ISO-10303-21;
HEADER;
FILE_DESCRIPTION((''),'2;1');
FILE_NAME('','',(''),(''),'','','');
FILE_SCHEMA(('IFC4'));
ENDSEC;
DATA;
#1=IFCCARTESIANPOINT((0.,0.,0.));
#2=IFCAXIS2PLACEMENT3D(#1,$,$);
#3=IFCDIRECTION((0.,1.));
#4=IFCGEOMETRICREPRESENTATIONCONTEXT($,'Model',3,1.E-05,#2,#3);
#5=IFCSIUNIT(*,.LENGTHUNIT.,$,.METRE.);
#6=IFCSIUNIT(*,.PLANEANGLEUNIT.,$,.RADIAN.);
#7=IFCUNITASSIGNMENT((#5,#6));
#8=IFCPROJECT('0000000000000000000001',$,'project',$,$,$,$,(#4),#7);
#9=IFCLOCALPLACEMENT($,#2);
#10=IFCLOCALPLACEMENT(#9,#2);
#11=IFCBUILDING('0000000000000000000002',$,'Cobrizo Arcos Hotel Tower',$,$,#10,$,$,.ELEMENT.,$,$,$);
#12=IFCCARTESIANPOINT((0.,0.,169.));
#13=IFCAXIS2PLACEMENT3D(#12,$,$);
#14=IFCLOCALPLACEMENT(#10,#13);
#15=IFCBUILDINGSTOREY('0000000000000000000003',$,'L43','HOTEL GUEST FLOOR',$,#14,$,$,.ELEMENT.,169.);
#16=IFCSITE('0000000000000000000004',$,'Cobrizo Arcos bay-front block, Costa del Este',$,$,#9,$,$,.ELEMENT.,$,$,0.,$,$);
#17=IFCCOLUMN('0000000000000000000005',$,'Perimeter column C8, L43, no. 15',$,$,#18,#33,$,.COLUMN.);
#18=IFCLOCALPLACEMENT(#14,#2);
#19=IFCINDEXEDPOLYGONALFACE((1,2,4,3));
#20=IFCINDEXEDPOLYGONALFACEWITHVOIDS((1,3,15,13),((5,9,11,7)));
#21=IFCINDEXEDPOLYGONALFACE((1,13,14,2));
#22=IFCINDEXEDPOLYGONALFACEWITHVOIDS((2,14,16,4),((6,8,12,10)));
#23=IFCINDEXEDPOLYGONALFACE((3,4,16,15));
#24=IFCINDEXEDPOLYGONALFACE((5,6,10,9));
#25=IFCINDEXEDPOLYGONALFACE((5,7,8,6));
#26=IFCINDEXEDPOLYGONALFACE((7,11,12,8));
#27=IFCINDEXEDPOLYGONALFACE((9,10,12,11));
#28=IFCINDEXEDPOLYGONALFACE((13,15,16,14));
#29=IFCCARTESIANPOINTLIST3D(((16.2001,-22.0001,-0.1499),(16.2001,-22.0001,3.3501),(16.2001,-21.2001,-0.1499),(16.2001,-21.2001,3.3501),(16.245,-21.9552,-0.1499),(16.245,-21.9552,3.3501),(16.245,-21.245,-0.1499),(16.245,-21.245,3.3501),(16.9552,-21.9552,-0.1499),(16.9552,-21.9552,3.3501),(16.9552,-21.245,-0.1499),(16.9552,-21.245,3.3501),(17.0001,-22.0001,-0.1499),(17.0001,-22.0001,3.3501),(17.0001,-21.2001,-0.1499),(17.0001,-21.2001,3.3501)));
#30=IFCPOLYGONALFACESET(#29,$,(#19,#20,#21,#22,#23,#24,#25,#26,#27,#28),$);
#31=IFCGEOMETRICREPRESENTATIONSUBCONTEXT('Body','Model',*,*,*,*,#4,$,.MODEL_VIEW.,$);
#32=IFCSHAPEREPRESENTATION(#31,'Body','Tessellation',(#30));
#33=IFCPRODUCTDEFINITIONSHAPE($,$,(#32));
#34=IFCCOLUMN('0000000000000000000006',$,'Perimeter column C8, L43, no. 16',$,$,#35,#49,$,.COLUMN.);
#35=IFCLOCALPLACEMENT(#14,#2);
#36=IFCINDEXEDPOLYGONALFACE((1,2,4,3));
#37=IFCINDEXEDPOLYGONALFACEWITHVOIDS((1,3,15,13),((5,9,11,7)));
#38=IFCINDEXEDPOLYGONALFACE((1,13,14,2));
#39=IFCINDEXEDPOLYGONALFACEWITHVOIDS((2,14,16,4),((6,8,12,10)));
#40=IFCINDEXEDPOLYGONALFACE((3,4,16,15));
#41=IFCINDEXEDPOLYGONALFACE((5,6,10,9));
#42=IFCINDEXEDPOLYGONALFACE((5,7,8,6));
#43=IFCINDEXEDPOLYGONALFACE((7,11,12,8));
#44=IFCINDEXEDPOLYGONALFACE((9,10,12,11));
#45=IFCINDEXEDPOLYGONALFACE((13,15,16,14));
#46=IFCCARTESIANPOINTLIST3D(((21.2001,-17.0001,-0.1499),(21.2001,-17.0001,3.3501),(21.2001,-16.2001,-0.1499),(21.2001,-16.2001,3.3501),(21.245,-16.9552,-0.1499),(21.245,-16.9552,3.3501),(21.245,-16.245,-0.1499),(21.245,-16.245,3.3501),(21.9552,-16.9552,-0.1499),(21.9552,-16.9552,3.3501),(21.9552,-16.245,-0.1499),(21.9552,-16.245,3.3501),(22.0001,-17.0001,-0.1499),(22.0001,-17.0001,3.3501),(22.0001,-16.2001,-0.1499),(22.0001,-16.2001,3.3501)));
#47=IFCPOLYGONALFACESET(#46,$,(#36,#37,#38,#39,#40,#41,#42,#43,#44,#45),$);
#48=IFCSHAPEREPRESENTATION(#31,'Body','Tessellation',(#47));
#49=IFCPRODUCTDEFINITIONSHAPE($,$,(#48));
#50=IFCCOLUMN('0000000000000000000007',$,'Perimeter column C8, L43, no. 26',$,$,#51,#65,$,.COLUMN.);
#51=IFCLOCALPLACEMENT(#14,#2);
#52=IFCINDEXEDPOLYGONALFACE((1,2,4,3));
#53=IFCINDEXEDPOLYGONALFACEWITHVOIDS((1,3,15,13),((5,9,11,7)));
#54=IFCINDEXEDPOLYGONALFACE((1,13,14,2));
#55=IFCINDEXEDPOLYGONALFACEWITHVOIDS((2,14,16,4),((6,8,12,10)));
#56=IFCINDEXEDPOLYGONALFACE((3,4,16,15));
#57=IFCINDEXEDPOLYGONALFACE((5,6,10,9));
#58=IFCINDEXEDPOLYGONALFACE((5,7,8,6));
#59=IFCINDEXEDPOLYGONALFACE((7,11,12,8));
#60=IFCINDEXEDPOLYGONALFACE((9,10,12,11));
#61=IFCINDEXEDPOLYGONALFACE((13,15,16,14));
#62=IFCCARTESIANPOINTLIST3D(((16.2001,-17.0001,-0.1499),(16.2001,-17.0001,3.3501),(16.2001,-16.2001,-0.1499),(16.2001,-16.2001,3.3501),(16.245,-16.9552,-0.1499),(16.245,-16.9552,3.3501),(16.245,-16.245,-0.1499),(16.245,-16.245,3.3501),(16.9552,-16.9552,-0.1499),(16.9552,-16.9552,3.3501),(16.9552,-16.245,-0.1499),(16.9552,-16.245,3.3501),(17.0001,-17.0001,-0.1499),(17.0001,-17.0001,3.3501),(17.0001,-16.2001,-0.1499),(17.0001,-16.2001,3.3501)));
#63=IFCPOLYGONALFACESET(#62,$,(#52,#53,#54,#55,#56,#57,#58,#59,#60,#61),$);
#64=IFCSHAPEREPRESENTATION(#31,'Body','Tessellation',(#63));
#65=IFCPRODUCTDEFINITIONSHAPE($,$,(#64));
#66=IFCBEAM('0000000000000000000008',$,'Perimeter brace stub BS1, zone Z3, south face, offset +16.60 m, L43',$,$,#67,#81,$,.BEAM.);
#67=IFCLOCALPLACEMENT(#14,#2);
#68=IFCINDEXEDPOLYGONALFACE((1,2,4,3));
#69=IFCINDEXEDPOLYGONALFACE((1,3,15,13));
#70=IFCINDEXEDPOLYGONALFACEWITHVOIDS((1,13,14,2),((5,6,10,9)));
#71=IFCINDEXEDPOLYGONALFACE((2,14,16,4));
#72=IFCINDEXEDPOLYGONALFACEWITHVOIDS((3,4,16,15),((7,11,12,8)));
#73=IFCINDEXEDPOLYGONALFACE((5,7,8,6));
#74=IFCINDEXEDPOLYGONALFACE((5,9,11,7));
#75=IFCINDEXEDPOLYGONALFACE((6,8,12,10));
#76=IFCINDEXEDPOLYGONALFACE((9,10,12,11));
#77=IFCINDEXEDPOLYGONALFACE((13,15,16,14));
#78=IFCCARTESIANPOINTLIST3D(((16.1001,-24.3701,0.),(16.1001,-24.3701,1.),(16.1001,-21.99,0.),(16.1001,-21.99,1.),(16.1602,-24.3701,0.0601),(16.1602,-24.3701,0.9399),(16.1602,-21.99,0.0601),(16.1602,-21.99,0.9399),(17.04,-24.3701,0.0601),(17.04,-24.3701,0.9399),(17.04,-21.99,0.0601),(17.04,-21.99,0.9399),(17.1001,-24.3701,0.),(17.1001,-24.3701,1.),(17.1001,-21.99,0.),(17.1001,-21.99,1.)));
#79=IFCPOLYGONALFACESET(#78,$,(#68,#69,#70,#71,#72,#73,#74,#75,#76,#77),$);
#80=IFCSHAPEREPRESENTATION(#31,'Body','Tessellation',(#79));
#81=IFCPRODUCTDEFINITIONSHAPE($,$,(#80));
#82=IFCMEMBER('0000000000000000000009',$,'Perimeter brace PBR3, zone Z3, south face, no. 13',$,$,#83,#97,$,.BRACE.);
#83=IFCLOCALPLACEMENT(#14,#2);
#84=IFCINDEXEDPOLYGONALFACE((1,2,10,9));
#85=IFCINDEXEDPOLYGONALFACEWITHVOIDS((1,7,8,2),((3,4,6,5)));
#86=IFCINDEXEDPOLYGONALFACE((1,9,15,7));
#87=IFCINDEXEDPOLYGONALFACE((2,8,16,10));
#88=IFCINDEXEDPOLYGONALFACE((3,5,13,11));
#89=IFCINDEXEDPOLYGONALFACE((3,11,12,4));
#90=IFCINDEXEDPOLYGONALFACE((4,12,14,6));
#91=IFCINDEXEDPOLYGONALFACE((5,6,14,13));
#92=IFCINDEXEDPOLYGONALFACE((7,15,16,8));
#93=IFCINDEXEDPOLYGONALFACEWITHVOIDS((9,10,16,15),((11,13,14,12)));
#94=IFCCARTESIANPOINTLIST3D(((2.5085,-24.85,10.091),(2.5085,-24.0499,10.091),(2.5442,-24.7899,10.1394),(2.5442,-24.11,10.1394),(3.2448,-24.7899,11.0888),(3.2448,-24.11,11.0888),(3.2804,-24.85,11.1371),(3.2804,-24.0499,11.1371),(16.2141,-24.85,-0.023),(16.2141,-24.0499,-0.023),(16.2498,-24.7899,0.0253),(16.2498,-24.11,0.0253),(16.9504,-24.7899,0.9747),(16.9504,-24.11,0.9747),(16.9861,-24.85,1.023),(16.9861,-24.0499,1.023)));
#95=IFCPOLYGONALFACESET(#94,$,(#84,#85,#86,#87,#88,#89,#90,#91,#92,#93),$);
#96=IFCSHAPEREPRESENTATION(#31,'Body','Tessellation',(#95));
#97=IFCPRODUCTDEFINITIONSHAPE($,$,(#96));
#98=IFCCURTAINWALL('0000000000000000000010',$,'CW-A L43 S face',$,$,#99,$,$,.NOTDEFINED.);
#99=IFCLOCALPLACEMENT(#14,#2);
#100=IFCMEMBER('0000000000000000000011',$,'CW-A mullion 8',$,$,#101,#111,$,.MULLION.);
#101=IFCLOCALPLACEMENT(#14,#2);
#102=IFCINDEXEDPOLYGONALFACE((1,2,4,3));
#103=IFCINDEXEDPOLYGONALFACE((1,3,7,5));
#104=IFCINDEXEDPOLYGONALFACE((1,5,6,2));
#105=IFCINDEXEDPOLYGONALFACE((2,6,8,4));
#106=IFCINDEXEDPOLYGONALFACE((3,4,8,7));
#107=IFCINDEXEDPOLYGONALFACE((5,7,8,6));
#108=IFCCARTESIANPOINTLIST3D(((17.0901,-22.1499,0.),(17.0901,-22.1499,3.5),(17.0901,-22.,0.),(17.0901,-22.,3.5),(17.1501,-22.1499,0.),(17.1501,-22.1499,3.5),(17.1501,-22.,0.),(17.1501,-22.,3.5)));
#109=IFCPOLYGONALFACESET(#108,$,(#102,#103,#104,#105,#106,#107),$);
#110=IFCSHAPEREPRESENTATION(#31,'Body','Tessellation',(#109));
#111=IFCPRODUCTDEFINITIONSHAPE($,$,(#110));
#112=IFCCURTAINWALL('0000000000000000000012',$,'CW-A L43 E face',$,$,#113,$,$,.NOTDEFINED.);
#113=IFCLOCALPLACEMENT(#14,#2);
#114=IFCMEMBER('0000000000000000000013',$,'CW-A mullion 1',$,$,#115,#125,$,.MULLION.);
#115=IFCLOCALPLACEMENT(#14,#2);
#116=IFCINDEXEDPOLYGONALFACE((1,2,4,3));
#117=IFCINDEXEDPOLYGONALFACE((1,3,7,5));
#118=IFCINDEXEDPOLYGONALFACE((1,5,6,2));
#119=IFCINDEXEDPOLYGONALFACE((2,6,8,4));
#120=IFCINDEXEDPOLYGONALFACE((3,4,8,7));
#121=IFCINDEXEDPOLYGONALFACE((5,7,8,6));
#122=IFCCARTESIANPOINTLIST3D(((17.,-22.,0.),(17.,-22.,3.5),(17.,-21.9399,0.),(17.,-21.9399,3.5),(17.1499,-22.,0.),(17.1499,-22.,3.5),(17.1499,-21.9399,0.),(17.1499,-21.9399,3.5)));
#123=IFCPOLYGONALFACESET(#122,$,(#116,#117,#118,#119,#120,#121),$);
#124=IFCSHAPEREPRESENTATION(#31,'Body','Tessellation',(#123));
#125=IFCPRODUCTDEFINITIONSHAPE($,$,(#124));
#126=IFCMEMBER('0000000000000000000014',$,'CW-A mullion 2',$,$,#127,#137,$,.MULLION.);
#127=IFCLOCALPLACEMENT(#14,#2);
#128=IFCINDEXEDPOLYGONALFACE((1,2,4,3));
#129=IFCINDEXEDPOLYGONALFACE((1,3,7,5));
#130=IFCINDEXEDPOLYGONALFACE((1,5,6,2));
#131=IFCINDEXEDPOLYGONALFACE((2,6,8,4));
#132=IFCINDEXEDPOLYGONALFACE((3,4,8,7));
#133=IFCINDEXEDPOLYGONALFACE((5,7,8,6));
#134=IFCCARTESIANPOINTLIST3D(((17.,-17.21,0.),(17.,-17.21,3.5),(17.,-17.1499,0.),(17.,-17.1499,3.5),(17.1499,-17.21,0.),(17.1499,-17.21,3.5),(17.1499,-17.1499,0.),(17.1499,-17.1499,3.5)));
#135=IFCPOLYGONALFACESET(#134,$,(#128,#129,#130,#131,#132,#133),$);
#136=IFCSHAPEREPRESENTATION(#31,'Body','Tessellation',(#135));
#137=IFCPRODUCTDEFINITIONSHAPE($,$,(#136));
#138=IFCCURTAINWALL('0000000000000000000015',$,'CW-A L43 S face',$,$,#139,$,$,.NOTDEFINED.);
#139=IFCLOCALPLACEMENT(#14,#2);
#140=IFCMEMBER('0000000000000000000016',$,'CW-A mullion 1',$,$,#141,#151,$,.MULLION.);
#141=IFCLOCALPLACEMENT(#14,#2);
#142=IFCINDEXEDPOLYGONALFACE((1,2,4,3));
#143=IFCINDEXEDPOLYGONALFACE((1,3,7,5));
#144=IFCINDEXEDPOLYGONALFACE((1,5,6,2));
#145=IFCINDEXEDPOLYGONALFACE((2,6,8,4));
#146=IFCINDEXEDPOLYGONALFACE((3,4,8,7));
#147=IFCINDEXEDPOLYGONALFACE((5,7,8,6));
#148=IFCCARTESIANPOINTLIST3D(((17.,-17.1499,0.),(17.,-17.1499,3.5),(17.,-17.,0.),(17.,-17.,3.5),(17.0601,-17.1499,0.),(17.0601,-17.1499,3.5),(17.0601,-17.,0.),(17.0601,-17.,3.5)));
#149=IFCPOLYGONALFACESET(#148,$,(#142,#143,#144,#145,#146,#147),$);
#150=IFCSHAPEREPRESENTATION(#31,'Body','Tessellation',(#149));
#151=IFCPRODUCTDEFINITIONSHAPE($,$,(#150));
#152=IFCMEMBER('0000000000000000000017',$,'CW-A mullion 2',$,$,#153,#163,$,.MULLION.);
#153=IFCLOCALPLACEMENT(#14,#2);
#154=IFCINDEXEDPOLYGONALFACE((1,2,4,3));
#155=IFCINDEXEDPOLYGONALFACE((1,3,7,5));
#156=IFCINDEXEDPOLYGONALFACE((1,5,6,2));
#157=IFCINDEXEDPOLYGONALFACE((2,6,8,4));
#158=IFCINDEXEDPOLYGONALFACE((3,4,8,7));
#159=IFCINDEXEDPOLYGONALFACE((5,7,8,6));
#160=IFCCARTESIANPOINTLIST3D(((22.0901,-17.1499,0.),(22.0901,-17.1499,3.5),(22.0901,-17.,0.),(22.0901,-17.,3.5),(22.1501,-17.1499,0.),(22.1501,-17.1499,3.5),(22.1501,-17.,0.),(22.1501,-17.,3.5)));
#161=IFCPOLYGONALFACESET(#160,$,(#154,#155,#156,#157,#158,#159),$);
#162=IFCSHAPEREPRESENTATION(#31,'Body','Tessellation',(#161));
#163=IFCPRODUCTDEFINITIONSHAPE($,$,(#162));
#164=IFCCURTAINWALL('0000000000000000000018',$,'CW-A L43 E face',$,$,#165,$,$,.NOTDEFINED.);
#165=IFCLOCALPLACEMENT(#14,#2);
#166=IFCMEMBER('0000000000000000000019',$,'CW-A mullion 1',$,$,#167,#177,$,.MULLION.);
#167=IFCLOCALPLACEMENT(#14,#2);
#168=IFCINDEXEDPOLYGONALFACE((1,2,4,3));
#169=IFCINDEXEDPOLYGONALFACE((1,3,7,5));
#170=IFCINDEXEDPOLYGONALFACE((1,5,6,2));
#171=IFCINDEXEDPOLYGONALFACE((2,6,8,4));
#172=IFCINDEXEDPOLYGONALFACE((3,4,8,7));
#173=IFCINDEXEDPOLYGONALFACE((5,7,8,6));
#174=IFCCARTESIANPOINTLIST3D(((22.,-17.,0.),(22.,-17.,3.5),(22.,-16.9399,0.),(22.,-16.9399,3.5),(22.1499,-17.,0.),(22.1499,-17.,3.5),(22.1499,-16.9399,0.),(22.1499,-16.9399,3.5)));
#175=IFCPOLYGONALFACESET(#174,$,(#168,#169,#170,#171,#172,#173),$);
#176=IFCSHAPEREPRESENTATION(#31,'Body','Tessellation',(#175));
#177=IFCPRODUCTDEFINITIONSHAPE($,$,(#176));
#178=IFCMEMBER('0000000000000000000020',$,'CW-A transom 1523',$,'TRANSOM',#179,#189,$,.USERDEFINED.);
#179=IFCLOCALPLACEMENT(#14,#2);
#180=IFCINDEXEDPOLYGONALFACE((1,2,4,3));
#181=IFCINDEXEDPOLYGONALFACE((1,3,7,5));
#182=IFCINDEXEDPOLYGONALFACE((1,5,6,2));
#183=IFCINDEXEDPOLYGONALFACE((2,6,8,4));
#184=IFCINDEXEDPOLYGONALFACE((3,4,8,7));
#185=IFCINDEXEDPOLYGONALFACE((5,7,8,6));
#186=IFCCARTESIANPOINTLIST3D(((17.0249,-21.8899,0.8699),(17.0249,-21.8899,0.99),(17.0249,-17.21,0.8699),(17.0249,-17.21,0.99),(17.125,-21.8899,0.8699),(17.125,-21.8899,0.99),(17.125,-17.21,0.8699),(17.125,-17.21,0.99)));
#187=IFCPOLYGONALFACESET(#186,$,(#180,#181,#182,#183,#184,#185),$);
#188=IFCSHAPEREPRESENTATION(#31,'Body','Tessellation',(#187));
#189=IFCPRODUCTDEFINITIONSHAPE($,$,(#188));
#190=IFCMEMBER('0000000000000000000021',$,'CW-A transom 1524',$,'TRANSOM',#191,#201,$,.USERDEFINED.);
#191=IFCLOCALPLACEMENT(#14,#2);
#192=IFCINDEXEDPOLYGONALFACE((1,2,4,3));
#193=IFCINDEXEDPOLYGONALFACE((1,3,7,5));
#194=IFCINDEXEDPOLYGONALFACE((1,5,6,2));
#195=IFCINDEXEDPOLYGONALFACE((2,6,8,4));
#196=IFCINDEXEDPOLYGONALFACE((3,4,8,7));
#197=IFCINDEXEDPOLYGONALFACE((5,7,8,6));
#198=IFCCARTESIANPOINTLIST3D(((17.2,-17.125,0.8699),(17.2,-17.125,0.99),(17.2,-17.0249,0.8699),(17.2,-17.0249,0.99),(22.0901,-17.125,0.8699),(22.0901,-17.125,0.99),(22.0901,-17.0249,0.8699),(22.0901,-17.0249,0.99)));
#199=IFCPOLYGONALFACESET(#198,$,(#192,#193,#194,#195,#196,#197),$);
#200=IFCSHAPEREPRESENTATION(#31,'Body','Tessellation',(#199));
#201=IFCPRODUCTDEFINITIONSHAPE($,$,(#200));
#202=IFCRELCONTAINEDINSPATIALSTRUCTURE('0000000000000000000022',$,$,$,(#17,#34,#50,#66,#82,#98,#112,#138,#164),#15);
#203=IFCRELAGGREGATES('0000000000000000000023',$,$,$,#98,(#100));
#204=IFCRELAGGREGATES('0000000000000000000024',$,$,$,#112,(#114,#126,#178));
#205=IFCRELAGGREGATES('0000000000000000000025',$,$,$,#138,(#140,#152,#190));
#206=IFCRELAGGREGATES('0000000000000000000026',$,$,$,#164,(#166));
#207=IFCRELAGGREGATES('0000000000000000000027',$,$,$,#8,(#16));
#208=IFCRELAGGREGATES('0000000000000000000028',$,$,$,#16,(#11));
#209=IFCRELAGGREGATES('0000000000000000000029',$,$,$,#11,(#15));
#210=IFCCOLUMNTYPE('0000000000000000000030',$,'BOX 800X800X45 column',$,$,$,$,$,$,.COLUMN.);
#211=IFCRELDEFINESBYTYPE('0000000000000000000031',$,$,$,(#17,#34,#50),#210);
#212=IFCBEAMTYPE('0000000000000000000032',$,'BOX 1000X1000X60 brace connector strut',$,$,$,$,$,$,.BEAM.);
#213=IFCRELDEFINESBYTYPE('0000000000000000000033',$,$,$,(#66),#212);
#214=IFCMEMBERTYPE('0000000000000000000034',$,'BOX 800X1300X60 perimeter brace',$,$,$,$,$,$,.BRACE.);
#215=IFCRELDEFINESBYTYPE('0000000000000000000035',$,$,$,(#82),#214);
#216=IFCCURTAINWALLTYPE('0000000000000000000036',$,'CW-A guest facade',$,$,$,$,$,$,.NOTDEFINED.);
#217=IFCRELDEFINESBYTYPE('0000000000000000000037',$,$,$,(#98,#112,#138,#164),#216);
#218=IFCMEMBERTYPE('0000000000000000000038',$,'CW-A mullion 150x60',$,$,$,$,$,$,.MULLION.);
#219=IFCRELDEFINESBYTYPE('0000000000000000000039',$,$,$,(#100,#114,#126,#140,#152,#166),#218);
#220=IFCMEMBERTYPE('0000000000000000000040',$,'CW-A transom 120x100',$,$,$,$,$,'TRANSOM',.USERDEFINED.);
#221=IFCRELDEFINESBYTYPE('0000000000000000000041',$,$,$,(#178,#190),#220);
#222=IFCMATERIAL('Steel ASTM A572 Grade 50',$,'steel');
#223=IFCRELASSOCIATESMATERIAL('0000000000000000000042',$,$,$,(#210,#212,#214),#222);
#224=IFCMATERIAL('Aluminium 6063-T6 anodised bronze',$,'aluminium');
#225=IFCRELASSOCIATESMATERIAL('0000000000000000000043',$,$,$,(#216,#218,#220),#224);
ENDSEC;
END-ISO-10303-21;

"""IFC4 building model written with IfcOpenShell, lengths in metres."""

from ifc_helpers import new_model, si_unit, direction, frame, origin, origin_2d, place, context, subcontext, project, spatial, rectangle, hollow_rectangle, extrude, material, material_profile, profile_set, type_object, element, aggregate, save


model = new_model("IFC4")

# Units and contexts
model_context = context("Model", 3, precision=1e-05, world=origin(), true_north=direction((0.0, 1.0)))
body_context = subcontext(model_context, "Body", "Model", "MODEL_VIEW")
ifc_project = project(units=[si_unit("LENGTHUNIT", "METRE"), si_unit("PLANEANGLEUNIT", "RADIAN")], contexts=[model_context])

# Site, building, storey
site_placement = place(None, origin())
site = spatial("IfcSite", under=ifc_project, at=site_placement, Name="Cobrizo Arcos bay-front block, Costa del Este", CompositionType="ELEMENT", RefElevation=0.0)
building_placement = place(site_placement, origin())
building = spatial("IfcBuilding", under=site, at=building_placement, Name="Cobrizo Arcos Hotel Tower", CompositionType="ELEMENT")
storey_placement = place(building_placement, frame((0.0, 0.0, 169.0)))
storey = spatial("IfcBuildingStorey", under=building, at=storey_placement, Name="L43", Description="HOTEL GUEST FLOOR", CompositionType="ELEMENT", Elevation=169.0)

# Columns
ifc_material_1 = material(Name="Steel ASTM A572 Grade 50", Category="steel")
ifc_material_profile_1 = material_profile(ifc_material_1, hollow_rectangle(XDim=0.8, YDim=0.8, WallThickness=0.0449, at=origin_2d()), Name="BOX 800X800X45")
ifc_profile_set_1 = profile_set([ifc_material_profile_1], Name="Steel ASTM A572 Grade 50")
column_type = type_object("IfcColumnType", Name="BOX 800X800X45 column", PredefinedType="COLUMN", material=ifc_profile_set_1)
for number, where, z_axis, x_axis, name in (
    (1, (16.6001, -21.6001, -0.1499), (0.0, 0.0, 1.0), (1.0, 0.0, 0.0), "Perimeter column C8, L43, no. 15"),
    (2, (21.6001, -16.6001, -0.1499), (0.0, 0.0, 1.0), (1.0, 0.0, 0.0), "Perimeter column C8, L43, no. 16"),
    (3, (16.6001, -16.6001, -0.1499), (0.0, 0.0, 1.0), (1.0, 0.0, 0.0), "Perimeter column C8, L43, no. 26"),
):
    element("IfcColumn", number, at=place(storey_placement, frame(where, z_axis=z_axis, x_axis=x_axis)), inside=storey, type_object=column_type, Name=name, PredefinedType="COLUMN", context=body_context, shape_type="SweptSolid", body=[
        extrude(hollow_rectangle(XDim=0.8, YDim=0.8, WallThickness=0.0449, at=origin_2d()), origin(), (0.0, 0.0, 1.0), 3.5),
    ])

# Beam
ifc_material_profile_2 = material_profile(ifc_material_1, hollow_rectangle(XDim=1.0, YDim=1.0, WallThickness=0.0601, at=origin_2d()), Name="BOX 1000X1000X60")
ifc_profile_set_2 = profile_set([ifc_material_profile_2], Name="Steel ASTM A572 Grade 50")
beam_type_1 = type_object("IfcBeamType", Name="BOX 1000X1000X60 brace connector strut", PredefinedType="BEAM", material=ifc_profile_set_2)
beam_1_placement = place(storey_placement, frame((16.6001, -21.99, 0.5), z_axis=(0.0, -1.0, 0.0), x_axis=(1.0, 0.0, 0.0)))
element("IfcBeam", 4, at=beam_1_placement, inside=storey, type_object=beam_type_1, Name="Perimeter brace stub BS1, zone Z3, south face, offset +16.60 m, L43", PredefinedType="BEAM", context=body_context, shape_type="SweptSolid", body=[
    extrude(hollow_rectangle(XDim=1.0, YDim=1.0, WallThickness=0.0601, at=origin_2d()), origin(), (0.0, 0.0, 1.0), 2.3801),
])

# Member
ifc_material_profile_3 = material_profile(ifc_material_1, hollow_rectangle(XDim=0.8, YDim=1.3, WallThickness=0.0601, at=origin_2d()), Name="BOX 800X1300X60")
ifc_profile_set_3 = profile_set([ifc_material_profile_3], Name="Steel ASTM A572 Grade 50")
member_type_1 = type_object("IfcMemberType", Name="BOX 800X1300X60 perimeter brace", PredefinedType="BRACE", material=ifc_profile_set_3)
member_1_placement = place(storey_placement, frame((16.6001, -24.45, 0.5), z_axis=(-0.80463, 0.0, 0.593776), x_axis=(0.0, -1.0, 0.0)))
element("IfcMember", 5, at=member_1_placement, inside=storey, type_object=member_type_1, Name="Perimeter brace PBR3, zone Z3, south face, no. 13", PredefinedType="BRACE", context=body_context, shape_type="SweptSolid", body=[
    extrude(hollow_rectangle(XDim=0.8, YDim=1.3, WallThickness=0.0601, at=origin_2d()), origin(), (0.0, 0.0, 1.0), 17.0334),
])

# Curtain wall, member
ifc_material_2 = material(Name="Aluminium 6063-T6 anodised bronze", Category="aluminium")
curtain_wall_type = type_object("IfcCurtainWallType", Name="CW-A guest facade", PredefinedType="NOTDEFINED", material=ifc_material_2)
curtain_wall_1_placement = place(storey_placement, origin())
curtain_wall_1 = element("IfcCurtainWall", 6, at=curtain_wall_1_placement, inside=storey, type_object=curtain_wall_type, Name="CW-A L43 S face", PredefinedType="NOTDEFINED")
ifc_material_profile_4 = material_profile(ifc_material_2, rectangle(XDim=0.1499, YDim=0.0601, at=origin_2d()), Name="CW-A mullion 150x60")
ifc_profile_set_4 = profile_set([ifc_material_profile_4], Name="Aluminium 6063-T6 anodised bronze")
member_type_2 = type_object("IfcMemberType", Name="CW-A mullion 150x60", PredefinedType="MULLION", material=ifc_profile_set_4)
member_2_placement = place(storey_placement, frame((17.1201, -22.075, 0.0), z_axis=(0.0, 0.0, 1.0), x_axis=(0.0, -1.0, 0.0)))
member_2 = element("IfcMember", 7, at=member_2_placement, type_object=member_type_2, Name="CW-A mullion 8", PredefinedType="MULLION", context=body_context, shape_type="SweptSolid", body=[
    extrude(rectangle(XDim=0.1499, YDim=0.0601, at=origin_2d()), origin(), (0.0, 0.0, 1.0), 3.5),
])

# Curtain walls, members
curtain_wall_2_placement = place(storey_placement, origin())
curtain_wall_2 = element("IfcCurtainWall", 8, at=curtain_wall_2_placement, inside=storey, type_object=curtain_wall_type, Name="CW-A L43 E face", PredefinedType="NOTDEFINED")
member_3_placement = place(storey_placement, frame((17.075, -21.97, 0.0), z_axis=(0.0, 0.0, 1.0), x_axis=(1.0, 0.0, 0.0)))
member_3 = element("IfcMember", 9, at=member_3_placement, type_object=member_type_2, Name="CW-A mullion 1", PredefinedType="MULLION", context=body_context, shape_type="SweptSolid", body=[
    extrude(rectangle(XDim=0.1499, YDim=0.0601, at=origin_2d()), origin(), (0.0, 0.0, 1.0), 3.5),
])
member_4_placement = place(storey_placement, frame((17.075, -17.1799, 0.0), z_axis=(0.0, 0.0, 1.0), x_axis=(1.0, 0.0, 0.0)))
member_4 = element("IfcMember", 10, at=member_4_placement, type_object=member_type_2, Name="CW-A mullion 2", PredefinedType="MULLION", context=body_context, shape_type="SweptSolid", body=[
    extrude(rectangle(XDim=0.1499, YDim=0.0601, at=origin_2d()), origin(), (0.0, 0.0, 1.0), 3.5),
])
curtain_wall_3_placement = place(storey_placement, origin())
curtain_wall_3 = element("IfcCurtainWall", 11, at=curtain_wall_3_placement, inside=storey, type_object=curtain_wall_type, Name="CW-A L43 S face", PredefinedType="NOTDEFINED")
member_5_placement = place(storey_placement, frame((17.03, -17.075, 0.0), z_axis=(0.0, 0.0, 1.0), x_axis=(0.0, -1.0, 0.0)))
member_5 = element("IfcMember", 12, at=member_5_placement, type_object=member_type_2, Name="CW-A mullion 1", PredefinedType="MULLION", context=body_context, shape_type="SweptSolid", body=[
    extrude(rectangle(XDim=0.1499, YDim=0.0601, at=origin_2d()), origin(), (0.0, 0.0, 1.0), 3.5),
])
member_6_placement = place(storey_placement, frame((22.1201, -17.075, 0.0), z_axis=(0.0, 0.0, 1.0), x_axis=(0.0, -1.0, 0.0)))
member_6 = element("IfcMember", 13, at=member_6_placement, type_object=member_type_2, Name="CW-A mullion 2", PredefinedType="MULLION", context=body_context, shape_type="SweptSolid", body=[
    extrude(rectangle(XDim=0.1499, YDim=0.0601, at=origin_2d()), origin(), (0.0, 0.0, 1.0), 3.5),
])

# Curtain wall, member
curtain_wall_4_placement = place(storey_placement, origin())
curtain_wall_4 = element("IfcCurtainWall", 14, at=curtain_wall_4_placement, inside=storey, type_object=curtain_wall_type, Name="CW-A L43 E face", PredefinedType="NOTDEFINED")
member_7_placement = place(storey_placement, frame((22.075, -16.97, 0.0), z_axis=(0.0, 0.0, 1.0), x_axis=(1.0, 0.0, 0.0)))
member_7 = element("IfcMember", 15, at=member_7_placement, type_object=member_type_2, Name="CW-A mullion 1", PredefinedType="MULLION", context=body_context, shape_type="SweptSolid", body=[
    extrude(rectangle(XDim=0.1499, YDim=0.0601, at=origin_2d()), origin(), (0.0, 0.0, 1.0), 3.5),
])

# Members
ifc_material_profile_5 = material_profile(ifc_material_2, rectangle(XDim=0.1001, YDim=0.1201, at=origin_2d()), Name="CW-A transom 120x100")
ifc_profile_set_5 = profile_set([ifc_material_profile_5], Name="Aluminium 6063-T6 anodised bronze")
member_type_3 = type_object("IfcMemberType", Name="CW-A transom 120x100", ElementType="TRANSOM", PredefinedType="USERDEFINED", material=ifc_profile_set_5)
member_8_placement = place(storey_placement, frame((17.075, -21.8899, 0.9299), z_axis=(0.0, 1.0, 0.0), x_axis=(-1.0, 0.0, 0.0)))
member_8 = element("IfcMember", 16, at=member_8_placement, type_object=member_type_3, Name="CW-A transom 1523", ObjectType="TRANSOM", PredefinedType="USERDEFINED", context=body_context, shape_type="SweptSolid", body=[
    extrude(rectangle(XDim=0.1001, YDim=0.1201, at=origin_2d()), origin(), (0.0, 0.0, 1.0), 4.6799),
])
member_9_placement = place(storey_placement, frame((17.2, -17.075, 0.9299), z_axis=(1.0, 0.0, 0.0), x_axis=(0.0, 1.0, 0.0)))
member_9 = element("IfcMember", 17, at=member_9_placement, type_object=member_type_3, Name="CW-A transom 1524", ObjectType="TRANSOM", PredefinedType="USERDEFINED", context=body_context, shape_type="SweptSolid", body=[
    extrude(rectangle(XDim=0.1001, YDim=0.1201, at=origin_2d()), origin(), (0.0, 0.0, 1.0), 4.8901),
])

aggregate(curtain_wall_1, [member_2])
aggregate(curtain_wall_2, [member_3, member_4, member_8])
aggregate(curtain_wall_3, [member_5, member_6, member_9])
aggregate(curtain_wall_4, [member_7])

save(model, "model.ifc")
